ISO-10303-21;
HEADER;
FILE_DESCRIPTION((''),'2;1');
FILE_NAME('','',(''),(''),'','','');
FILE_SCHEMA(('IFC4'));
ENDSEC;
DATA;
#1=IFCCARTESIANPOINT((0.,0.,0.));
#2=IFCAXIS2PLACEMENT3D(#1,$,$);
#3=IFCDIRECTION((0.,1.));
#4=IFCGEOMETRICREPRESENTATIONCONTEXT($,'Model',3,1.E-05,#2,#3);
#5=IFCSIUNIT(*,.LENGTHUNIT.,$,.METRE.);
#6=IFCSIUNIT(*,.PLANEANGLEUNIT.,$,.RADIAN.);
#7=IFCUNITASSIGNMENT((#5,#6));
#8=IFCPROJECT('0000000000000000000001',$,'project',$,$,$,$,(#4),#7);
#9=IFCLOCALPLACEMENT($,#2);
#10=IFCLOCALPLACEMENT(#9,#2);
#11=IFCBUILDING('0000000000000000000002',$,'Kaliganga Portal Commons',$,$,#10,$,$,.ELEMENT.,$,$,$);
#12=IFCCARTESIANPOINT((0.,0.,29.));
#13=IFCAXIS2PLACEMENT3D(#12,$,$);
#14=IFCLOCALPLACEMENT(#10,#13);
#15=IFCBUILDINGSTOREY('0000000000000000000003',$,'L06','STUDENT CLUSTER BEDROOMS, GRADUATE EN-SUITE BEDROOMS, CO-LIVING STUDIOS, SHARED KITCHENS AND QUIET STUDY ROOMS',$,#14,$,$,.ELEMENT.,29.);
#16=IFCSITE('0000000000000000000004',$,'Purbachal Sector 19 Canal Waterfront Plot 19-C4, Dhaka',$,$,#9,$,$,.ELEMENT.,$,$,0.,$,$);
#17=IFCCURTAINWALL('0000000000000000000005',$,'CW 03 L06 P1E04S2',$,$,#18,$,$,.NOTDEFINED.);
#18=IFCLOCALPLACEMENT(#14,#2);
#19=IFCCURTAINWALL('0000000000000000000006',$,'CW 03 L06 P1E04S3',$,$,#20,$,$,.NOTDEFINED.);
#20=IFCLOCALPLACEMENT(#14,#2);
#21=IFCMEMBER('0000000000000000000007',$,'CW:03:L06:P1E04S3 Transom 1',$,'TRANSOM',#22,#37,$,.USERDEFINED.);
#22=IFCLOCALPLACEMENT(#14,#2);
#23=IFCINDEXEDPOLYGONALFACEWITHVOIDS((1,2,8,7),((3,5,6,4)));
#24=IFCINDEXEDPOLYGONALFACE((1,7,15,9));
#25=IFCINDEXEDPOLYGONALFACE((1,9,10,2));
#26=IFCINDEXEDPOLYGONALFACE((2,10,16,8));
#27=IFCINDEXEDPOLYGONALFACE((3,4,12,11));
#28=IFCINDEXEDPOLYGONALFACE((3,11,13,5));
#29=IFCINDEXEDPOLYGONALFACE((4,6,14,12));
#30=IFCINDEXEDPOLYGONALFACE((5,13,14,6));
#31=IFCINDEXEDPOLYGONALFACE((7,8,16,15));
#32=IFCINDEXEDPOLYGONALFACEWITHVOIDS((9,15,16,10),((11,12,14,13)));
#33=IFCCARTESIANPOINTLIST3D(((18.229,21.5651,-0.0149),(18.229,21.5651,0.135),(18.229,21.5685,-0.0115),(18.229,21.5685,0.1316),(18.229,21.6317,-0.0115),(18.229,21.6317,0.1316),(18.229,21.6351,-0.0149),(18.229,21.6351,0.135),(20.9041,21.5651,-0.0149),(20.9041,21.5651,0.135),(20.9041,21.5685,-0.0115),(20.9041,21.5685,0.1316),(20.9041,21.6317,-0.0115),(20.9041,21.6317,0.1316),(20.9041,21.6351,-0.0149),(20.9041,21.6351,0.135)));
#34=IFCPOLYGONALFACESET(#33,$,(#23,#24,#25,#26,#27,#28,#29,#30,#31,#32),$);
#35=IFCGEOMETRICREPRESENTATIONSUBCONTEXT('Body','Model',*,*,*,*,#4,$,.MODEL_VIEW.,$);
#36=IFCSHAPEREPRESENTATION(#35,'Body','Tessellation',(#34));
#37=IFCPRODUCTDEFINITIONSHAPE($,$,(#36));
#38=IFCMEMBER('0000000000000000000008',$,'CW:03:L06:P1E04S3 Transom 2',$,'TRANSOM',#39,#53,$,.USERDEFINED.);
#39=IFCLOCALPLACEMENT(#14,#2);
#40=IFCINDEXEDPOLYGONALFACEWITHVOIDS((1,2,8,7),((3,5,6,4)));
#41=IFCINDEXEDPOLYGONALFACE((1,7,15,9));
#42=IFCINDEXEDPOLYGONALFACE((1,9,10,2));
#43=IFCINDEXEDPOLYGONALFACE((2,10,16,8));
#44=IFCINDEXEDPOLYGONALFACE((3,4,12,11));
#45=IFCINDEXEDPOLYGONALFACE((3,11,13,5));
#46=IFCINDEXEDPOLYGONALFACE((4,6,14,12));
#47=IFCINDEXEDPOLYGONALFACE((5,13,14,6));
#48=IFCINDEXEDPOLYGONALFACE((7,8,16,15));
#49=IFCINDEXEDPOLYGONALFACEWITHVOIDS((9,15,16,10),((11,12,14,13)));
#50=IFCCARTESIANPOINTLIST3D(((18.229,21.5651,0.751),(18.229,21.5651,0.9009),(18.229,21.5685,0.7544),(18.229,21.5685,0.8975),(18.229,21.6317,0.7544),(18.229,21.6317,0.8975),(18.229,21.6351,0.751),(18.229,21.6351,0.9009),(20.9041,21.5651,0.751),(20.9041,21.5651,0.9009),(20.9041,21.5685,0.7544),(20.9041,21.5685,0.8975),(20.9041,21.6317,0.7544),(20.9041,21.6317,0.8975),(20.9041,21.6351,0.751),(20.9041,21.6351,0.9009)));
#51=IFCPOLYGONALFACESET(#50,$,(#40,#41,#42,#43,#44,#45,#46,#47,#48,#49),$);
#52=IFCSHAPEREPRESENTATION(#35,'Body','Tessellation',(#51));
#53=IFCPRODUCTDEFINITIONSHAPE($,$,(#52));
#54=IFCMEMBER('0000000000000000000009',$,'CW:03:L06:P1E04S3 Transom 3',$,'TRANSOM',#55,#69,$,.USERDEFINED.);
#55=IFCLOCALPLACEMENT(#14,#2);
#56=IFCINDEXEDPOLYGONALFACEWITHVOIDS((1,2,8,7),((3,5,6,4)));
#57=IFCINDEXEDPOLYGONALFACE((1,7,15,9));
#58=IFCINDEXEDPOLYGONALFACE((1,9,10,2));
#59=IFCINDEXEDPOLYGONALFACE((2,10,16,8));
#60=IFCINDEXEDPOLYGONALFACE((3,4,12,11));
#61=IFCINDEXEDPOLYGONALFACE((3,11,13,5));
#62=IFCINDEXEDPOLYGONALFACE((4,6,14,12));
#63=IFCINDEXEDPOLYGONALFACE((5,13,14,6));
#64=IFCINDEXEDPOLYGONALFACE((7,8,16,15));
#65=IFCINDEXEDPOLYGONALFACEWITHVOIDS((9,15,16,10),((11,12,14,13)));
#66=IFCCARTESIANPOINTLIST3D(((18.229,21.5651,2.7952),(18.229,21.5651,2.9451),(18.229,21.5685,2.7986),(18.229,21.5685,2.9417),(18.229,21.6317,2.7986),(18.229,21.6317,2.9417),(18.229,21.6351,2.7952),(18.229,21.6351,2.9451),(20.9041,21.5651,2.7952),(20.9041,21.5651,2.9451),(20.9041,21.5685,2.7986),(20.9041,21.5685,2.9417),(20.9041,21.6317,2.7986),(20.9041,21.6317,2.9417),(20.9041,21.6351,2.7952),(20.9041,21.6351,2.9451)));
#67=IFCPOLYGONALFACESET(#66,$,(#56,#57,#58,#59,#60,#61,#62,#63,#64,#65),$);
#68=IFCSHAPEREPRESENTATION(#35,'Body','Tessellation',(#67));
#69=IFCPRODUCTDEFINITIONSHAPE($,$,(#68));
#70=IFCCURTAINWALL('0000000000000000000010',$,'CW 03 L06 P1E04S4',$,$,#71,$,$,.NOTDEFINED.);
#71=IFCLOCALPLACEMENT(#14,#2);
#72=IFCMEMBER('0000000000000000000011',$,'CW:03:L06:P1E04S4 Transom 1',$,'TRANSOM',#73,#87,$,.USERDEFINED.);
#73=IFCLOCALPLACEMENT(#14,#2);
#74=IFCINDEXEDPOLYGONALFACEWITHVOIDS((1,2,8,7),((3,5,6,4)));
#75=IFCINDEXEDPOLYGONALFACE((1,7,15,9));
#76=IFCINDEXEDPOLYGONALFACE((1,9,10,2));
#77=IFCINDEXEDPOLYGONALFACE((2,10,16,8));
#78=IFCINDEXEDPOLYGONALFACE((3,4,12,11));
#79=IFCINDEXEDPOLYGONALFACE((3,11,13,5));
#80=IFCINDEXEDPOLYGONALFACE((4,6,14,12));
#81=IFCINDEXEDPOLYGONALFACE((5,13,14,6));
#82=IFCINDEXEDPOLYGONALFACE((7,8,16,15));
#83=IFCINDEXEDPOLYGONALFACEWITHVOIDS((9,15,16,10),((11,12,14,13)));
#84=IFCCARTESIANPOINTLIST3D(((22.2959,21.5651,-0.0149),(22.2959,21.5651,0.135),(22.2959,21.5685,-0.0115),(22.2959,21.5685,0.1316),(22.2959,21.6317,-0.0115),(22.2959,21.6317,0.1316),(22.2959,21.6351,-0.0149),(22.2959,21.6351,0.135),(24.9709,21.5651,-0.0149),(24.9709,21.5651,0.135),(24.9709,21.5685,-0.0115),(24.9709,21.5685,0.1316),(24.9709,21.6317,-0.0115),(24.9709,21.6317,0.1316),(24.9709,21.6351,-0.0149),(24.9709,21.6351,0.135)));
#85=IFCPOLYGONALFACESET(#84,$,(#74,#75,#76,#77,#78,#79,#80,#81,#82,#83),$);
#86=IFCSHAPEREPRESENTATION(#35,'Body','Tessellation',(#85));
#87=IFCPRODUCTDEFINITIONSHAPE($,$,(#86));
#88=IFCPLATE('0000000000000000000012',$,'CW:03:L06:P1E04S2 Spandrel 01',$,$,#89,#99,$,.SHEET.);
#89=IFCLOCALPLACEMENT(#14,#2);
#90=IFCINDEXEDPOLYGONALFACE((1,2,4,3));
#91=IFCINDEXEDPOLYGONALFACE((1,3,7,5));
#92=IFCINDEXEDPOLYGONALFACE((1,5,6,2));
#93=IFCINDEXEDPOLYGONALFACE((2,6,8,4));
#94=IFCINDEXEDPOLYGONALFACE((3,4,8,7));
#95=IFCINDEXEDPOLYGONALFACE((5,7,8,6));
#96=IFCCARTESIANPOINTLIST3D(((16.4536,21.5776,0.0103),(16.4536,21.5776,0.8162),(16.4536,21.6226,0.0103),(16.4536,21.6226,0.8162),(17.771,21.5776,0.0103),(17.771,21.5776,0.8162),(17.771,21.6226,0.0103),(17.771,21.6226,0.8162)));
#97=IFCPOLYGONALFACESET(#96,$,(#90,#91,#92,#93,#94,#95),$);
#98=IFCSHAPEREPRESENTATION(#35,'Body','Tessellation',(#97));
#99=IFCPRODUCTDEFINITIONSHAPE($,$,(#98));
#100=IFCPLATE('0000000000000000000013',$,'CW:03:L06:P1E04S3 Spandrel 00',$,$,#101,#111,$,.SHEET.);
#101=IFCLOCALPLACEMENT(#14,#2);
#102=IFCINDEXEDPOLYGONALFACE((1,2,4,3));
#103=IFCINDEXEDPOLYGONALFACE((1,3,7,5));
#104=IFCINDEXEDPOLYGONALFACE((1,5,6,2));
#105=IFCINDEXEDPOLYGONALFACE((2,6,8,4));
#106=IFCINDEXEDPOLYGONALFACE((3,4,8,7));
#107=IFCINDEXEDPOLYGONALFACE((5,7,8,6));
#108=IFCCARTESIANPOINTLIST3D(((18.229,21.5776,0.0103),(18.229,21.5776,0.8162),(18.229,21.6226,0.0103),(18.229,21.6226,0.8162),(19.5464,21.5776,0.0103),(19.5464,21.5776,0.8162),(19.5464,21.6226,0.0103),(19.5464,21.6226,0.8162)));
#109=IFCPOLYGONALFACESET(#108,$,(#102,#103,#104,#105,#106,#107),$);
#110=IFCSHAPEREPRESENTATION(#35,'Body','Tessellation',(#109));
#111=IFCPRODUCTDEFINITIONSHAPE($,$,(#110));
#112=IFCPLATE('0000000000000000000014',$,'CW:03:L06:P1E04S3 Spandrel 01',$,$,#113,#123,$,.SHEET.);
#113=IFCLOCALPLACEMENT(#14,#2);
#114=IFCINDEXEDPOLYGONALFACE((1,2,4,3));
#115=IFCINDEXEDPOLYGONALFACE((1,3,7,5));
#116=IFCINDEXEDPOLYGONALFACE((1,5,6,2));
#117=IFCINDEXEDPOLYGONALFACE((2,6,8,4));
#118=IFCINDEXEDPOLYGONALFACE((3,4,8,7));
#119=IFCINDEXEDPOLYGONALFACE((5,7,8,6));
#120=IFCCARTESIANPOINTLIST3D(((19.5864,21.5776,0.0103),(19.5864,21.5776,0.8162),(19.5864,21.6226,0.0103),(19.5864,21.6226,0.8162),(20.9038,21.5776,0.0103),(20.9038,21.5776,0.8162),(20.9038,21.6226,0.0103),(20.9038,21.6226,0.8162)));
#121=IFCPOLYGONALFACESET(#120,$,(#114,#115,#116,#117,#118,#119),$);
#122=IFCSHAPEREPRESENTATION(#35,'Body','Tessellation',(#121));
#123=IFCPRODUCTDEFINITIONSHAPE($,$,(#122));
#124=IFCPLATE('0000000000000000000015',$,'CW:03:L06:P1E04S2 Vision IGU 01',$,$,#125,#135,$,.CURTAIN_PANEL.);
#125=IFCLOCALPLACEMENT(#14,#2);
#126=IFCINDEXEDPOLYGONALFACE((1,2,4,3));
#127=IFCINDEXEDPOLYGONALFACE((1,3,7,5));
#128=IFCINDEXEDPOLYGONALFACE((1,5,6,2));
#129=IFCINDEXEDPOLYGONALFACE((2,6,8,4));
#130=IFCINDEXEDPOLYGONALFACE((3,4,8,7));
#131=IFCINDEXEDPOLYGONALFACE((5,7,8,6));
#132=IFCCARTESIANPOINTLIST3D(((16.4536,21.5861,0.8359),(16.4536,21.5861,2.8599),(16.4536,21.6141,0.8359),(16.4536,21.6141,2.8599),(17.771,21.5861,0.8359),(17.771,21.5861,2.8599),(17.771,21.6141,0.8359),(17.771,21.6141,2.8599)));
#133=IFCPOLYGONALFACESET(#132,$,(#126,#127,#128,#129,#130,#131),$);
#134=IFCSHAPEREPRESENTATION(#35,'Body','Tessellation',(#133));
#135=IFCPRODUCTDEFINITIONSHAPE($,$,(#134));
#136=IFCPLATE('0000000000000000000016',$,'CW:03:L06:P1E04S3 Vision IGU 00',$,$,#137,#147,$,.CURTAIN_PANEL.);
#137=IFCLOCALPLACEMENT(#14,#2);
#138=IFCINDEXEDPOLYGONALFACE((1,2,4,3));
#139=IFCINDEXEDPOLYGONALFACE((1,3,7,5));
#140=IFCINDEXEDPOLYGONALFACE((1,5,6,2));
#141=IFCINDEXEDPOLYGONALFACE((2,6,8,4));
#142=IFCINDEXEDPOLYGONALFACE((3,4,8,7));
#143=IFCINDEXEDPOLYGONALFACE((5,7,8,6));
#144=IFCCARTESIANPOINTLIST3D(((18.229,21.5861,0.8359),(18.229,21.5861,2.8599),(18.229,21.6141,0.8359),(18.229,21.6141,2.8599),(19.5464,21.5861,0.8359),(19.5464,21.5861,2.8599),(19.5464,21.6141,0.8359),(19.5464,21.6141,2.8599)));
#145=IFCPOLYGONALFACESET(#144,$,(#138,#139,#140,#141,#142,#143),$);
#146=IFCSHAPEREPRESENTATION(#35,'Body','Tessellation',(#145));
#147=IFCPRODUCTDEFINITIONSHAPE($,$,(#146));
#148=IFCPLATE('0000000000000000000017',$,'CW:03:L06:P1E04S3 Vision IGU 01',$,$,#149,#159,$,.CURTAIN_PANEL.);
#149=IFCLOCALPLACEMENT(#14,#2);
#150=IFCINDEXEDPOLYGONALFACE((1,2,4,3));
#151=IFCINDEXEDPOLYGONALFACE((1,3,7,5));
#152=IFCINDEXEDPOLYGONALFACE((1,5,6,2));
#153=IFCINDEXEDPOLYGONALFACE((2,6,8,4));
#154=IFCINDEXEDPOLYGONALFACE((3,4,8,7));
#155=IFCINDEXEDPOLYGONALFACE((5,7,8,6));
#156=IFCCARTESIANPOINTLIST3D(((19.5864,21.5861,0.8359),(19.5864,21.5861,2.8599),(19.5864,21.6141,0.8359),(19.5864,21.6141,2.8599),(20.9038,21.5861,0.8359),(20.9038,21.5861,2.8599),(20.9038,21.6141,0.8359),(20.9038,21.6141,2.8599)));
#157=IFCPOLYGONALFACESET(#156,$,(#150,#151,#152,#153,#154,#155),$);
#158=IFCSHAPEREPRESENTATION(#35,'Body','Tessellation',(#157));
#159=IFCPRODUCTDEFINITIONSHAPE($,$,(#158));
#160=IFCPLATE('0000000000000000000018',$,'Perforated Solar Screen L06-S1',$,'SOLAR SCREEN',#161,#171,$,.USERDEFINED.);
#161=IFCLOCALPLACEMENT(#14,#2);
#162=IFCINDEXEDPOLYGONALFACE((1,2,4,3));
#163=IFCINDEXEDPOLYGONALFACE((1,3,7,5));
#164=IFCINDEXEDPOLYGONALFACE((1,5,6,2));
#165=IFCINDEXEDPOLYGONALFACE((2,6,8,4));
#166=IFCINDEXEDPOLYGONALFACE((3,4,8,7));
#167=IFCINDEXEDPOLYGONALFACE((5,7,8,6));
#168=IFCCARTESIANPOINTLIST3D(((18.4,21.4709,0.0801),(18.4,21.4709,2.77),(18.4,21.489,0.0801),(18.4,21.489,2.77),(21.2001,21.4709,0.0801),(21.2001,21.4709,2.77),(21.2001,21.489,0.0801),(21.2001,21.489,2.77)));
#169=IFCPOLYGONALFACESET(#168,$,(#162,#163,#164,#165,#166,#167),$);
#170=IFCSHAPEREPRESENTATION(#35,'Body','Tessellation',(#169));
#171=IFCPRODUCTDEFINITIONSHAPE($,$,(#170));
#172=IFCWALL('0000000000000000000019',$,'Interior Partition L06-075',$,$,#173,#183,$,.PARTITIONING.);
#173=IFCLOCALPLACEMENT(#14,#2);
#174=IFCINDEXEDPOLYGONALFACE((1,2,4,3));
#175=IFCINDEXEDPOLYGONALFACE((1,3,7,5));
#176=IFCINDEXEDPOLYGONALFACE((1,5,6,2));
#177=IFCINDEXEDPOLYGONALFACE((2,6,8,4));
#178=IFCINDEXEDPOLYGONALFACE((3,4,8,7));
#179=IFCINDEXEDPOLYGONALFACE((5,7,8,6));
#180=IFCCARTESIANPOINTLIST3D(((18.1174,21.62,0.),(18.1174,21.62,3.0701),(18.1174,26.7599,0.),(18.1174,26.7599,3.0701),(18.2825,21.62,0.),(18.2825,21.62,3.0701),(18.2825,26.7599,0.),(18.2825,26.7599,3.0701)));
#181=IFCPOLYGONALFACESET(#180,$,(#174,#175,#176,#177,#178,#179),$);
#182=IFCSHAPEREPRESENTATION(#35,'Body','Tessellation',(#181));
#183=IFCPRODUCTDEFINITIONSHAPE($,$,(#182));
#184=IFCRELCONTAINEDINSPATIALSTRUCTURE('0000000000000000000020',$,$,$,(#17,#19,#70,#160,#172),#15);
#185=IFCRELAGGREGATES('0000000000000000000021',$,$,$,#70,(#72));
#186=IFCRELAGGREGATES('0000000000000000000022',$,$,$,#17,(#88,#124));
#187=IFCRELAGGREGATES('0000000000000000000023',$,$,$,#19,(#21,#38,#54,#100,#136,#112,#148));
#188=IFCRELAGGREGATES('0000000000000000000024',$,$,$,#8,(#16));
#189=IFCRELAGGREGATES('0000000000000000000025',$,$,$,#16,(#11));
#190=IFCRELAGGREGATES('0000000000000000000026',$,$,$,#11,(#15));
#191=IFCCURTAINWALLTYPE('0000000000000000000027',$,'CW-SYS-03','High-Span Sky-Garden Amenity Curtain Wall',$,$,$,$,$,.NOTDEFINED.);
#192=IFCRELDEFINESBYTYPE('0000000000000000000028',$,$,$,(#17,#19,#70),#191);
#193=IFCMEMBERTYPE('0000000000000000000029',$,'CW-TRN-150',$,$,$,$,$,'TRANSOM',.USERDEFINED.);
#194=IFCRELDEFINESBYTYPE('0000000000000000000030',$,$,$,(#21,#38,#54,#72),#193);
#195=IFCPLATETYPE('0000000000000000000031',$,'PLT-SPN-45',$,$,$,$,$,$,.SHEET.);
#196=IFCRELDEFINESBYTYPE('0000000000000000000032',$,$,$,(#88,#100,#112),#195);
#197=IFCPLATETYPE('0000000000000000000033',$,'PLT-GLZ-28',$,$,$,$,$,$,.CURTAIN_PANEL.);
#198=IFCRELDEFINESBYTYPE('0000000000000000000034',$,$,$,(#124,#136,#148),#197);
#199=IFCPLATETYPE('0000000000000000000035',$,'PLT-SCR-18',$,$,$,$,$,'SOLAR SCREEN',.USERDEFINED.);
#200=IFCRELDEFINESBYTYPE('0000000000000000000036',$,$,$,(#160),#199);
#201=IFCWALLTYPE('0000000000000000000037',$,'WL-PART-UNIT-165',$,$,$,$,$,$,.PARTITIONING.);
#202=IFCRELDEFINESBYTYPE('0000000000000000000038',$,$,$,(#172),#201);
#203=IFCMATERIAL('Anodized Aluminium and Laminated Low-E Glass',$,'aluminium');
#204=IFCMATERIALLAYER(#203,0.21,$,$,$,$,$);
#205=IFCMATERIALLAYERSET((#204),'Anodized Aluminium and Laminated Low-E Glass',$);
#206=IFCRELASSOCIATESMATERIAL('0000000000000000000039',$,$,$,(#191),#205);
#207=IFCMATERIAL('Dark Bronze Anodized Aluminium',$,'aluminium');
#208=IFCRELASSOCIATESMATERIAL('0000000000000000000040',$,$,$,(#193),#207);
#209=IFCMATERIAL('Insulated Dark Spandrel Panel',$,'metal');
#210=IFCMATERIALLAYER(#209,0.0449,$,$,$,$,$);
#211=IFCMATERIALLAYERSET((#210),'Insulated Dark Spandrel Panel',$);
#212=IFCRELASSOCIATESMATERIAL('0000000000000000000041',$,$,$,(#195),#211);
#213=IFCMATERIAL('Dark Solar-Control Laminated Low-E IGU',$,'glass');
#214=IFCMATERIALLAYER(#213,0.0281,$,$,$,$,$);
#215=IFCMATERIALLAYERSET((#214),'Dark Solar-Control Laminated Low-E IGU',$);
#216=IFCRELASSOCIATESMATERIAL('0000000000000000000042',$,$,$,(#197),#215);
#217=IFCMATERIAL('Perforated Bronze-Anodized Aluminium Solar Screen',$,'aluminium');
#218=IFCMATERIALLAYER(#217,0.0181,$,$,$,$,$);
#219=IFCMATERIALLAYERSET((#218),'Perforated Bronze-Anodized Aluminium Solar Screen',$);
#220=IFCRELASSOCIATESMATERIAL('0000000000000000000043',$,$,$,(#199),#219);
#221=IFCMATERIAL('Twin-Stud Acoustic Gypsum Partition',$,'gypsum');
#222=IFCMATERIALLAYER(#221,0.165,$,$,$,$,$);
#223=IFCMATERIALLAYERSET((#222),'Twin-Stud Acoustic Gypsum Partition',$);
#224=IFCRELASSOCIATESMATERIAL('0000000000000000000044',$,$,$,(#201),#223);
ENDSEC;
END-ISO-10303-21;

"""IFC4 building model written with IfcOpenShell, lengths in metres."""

from ifc_helpers import new_model, si_unit, direction, frame, frame_2d, origin, origin_2d, place, context, subcontext, project, spatial, rectangle, hollow_rectangle, extrude, source, transform, mapped, material, layer, layer_set, material_profile, profile_set, type_object, element, aggregate, save


model = new_model("IFC4")

# Units and contexts
model_context = context("Model", 3, precision=1e-05, world=origin(), true_north=direction((0.0, 1.0)))
body_context = subcontext(model_context, "Body", "Model", "MODEL_VIEW")
ifc_project = project(units=[si_unit("LENGTHUNIT", "METRE"), si_unit("PLANEANGLEUNIT", "RADIAN")], contexts=[model_context])

# Site, building, storey
site_placement = place(None, origin())
site = spatial("IfcSite", under=ifc_project, at=site_placement, Name="Purbachal Sector 19 Canal Waterfront Plot 19-C4, Dhaka", CompositionType="ELEMENT", RefElevation=0.0)
building_placement = place(site_placement, origin())
building = spatial("IfcBuilding", under=site, at=building_placement, Name="Kaliganga Portal Commons", CompositionType="ELEMENT")
storey_placement = place(building_placement, frame((0.0, 0.0, 29.0)))
storey = spatial("IfcBuildingStorey", under=building, at=storey_placement, Name="L06", Description="STUDENT CLUSTER BEDROOMS, GRADUATE EN-SUITE BEDROOMS, CO-LIVING STUDIOS, SHARED KITCHENS AND QUIET STUDY ROOMS", CompositionType="ELEMENT", Elevation=29.0)

# Curtain wall
ifc_material_1 = material(Name="Anodized Aluminium and Laminated Low-E Glass", Category="aluminium")
ifc_layer_1 = layer(ifc_material_1, 0.21)
ifc_layer_set_1 = layer_set([ifc_layer_1], Name="Anodized Aluminium and Laminated Low-E Glass")
curtain_wall_type = type_object("IfcCurtainWallType", Name="CW-SYS-03", Description="High-Span Sky-Garden Amenity Curtain Wall", PredefinedType="NOTDEFINED", material=ifc_layer_set_1)
curtain_wall_1_placement = place(storey_placement, origin())
curtain_wall_1 = element("IfcCurtainWall", 1, at=curtain_wall_1_placement, inside=storey, type_object=curtain_wall_type, Name="CW 03 L06 P1E04S2", PredefinedType="NOTDEFINED")
ifc_material_2 = material(Name="Dark Bronze Anodized Aluminium", Category="aluminium")

# Curtain wall, members
curtain_wall_2_placement = place(storey_placement, origin())
curtain_wall_2 = element("IfcCurtainWall", 2, at=curtain_wall_2_placement, inside=storey, type_object=curtain_wall_type, Name="CW 03 L06 P1E04S3", PredefinedType="NOTDEFINED")
ifc_material_profile_1 = material_profile(ifc_material_2, hollow_rectangle(XDim=0.0701, YDim=0.1499, WallThickness=0.0034, at=origin_2d()), Name="ALU TRAN 70x150x3.5")
ifc_profile_set_1 = profile_set([ifc_material_profile_1], Name="Dark Bronze Anodized Aluminium")
member_type_1 = type_object("IfcMemberType", Name="CW-TRN-150", ElementType="TRANSOM", PredefinedType="USERDEFINED", material=ifc_profile_set_1)
shared_shape_1 = source(origin(), body_context, "Body", "SweptSolid", [
    extrude(hollow_rectangle(XDim=0.0701, YDim=0.1499, WallThickness=0.0034, at=origin_2d()), origin(), (0.0, 0.0, 1.0), 2.675),
])
member_1_placement = place(storey_placement, frame((18.229, 21.6001, 0.0601), z_axis=(1.0, 0.0, 0.0), x_axis=(0.0, 1.0, 0.0)))
member_1 = element("IfcMember", 3, at=member_1_placement, type_object=member_type_1, Name="CW:03:L06:P1E04S3 Transom 1", ObjectType="TRANSOM", PredefinedType="USERDEFINED", context=body_context, shape_type="MappedRepresentation", body=[
    mapped(shared_shape_1, transform((0.0, 0.0, 0.0), x_axis=(1.0, 0.0, 0.0), y_axis=(0.0, 1.0, 0.0), z_axis=(0.0, 0.0, 1.0), scale=1.0)),
])
member_2_placement = place(storey_placement, frame((18.229, 21.6001, 0.8259), z_axis=(1.0, 0.0, 0.0), x_axis=(0.0, 1.0, 0.0)))
member_2 = element("IfcMember", 4, at=member_2_placement, type_object=member_type_1, Name="CW:03:L06:P1E04S3 Transom 2", ObjectType="TRANSOM", PredefinedType="USERDEFINED", context=body_context, shape_type="MappedRepresentation", body=[
    mapped(shared_shape_1, transform((0.0, 0.0, 0.0), x_axis=(1.0, 0.0, 0.0), y_axis=(0.0, 1.0, 0.0), z_axis=(0.0, 0.0, 1.0), scale=1.0)),
])
member_3_placement = place(storey_placement, frame((18.229, 21.6001, 2.8701), z_axis=(1.0, 0.0, 0.0), x_axis=(0.0, 1.0, 0.0)))
member_3 = element("IfcMember", 5, at=member_3_placement, type_object=member_type_1, Name="CW:03:L06:P1E04S3 Transom 3", ObjectType="TRANSOM", PredefinedType="USERDEFINED", context=body_context, shape_type="MappedRepresentation", body=[
    mapped(shared_shape_1, transform((0.0, 0.0, 0.0), x_axis=(1.0, 0.0, 0.0), y_axis=(0.0, 1.0, 0.0), z_axis=(0.0, 0.0, 1.0), scale=1.0)),
])

# Curtain wall, member
curtain_wall_3_placement = place(storey_placement, origin())
curtain_wall_3 = element("IfcCurtainWall", 6, at=curtain_wall_3_placement, inside=storey, type_object=curtain_wall_type, Name="CW 03 L06 P1E04S4", PredefinedType="NOTDEFINED")
member_4_placement = place(storey_placement, frame((22.2959, 21.6001, 0.0601), z_axis=(1.0, 0.0, 0.0), x_axis=(0.0, 1.0, 0.0)))
member_4 = element("IfcMember", 7, at=member_4_placement, type_object=member_type_1, Name="CW:03:L06:P1E04S4 Transom 1", ObjectType="TRANSOM", PredefinedType="USERDEFINED", context=body_context, shape_type="MappedRepresentation", body=[
    mapped(shared_shape_1, transform((0.0, 0.0, 0.0), x_axis=(1.0, 0.0, 0.0), y_axis=(0.0, 1.0, 0.0), z_axis=(0.0, 0.0, 1.0), scale=1.0)),
])
aggregate(curtain_wall_3, [member_4])

# Plates
ifc_material_3 = material(Name="Insulated Dark Spandrel Panel", Category="metal")
ifc_layer_2 = layer(ifc_material_3, 0.0449)
ifc_layer_set_2 = layer_set([ifc_layer_2], Name="Insulated Dark Spandrel Panel")
plate_type_1 = type_object("IfcPlateType", Name="PLT-SPN-45", PredefinedType="SHEET", material=ifc_layer_set_2)
shared_shape_2 = source(origin(), body_context, "Body", "SweptSolid", [
    extrude(rectangle(XDim=1.3174, YDim=0.0449, at=origin_2d()), origin(), (0.0, 0.0, 1.0), 0.8059),
])
plate_1_placement = place(storey_placement, frame((17.1123, 21.6001, 0.0103), z_axis=(0.0, 0.0, 1.0), x_axis=(1.0, 0.0, 0.0)))
plate_1 = element("IfcPlate", 8, at=plate_1_placement, type_object=plate_type_1, Name="CW:03:L06:P1E04S2 Spandrel 01", PredefinedType="SHEET", context=body_context, shape_type="MappedRepresentation", body=[
    mapped(shared_shape_2, transform((0.0, 0.0, 0.0), x_axis=(1.0, 0.0, 0.0), y_axis=(0.0, 1.0, 0.0), z_axis=(0.0, 0.0, 1.0), scale=1.0)),
])
plate_2_placement = place(storey_placement, frame((18.8877, 21.6001, 0.0103), z_axis=(0.0, 0.0, 1.0), x_axis=(1.0, 0.0, 0.0)))
plate_2 = element("IfcPlate", 9, at=plate_2_placement, type_object=plate_type_1, Name="CW:03:L06:P1E04S3 Spandrel 00", PredefinedType="SHEET", context=body_context, shape_type="MappedRepresentation", body=[
    mapped(shared_shape_2, transform((0.0, 0.0, 0.0), x_axis=(1.0, 0.0, 0.0), y_axis=(0.0, 1.0, 0.0), z_axis=(0.0, 0.0, 1.0), scale=1.0)),
])
plate_3_placement = place(storey_placement, frame((20.2451, 21.6001, 0.0103), z_axis=(0.0, 0.0, 1.0), x_axis=(1.0, 0.0, 0.0)))
plate_3 = element("IfcPlate", 10, at=plate_3_placement, type_object=plate_type_1, Name="CW:03:L06:P1E04S3 Spandrel 01", PredefinedType="SHEET", context=body_context, shape_type="MappedRepresentation", body=[
    mapped(shared_shape_2, transform((0.0, 0.0, 0.0), x_axis=(1.0, 0.0, 0.0), y_axis=(0.0, 1.0, 0.0), z_axis=(0.0, 0.0, 1.0), scale=1.0)),
])
ifc_material_4 = material(Name="Dark Solar-Control Laminated Low-E IGU", Category="glass")
ifc_layer_3 = layer(ifc_material_4, 0.0281)
ifc_layer_set_3 = layer_set([ifc_layer_3], Name="Dark Solar-Control Laminated Low-E IGU")
plate_type_2 = type_object("IfcPlateType", Name="PLT-GLZ-28", PredefinedType="CURTAIN_PANEL", material=ifc_layer_set_3)
shared_shape_3 = source(origin(), body_context, "Body", "SweptSolid", [
    extrude(rectangle(XDim=1.3174, YDim=0.0281, at=origin_2d()), origin(), (0.0, 0.0, 1.0), 2.0239),
])
plate_4_placement = place(storey_placement, frame((17.1123, 21.6001, 0.8359), z_axis=(0.0, 0.0, 1.0), x_axis=(1.0, 0.0, 0.0)))
plate_4 = element("IfcPlate", 11, at=plate_4_placement, type_object=plate_type_2, Name="CW:03:L06:P1E04S2 Vision IGU 01", PredefinedType="CURTAIN_PANEL", context=body_context, shape_type="MappedRepresentation", body=[
    mapped(shared_shape_3, transform((0.0, 0.0, 0.0), x_axis=(1.0, 0.0, 0.0), y_axis=(0.0, 1.0, 0.0), z_axis=(0.0, 0.0, 1.0), scale=1.0)),
])
aggregate(curtain_wall_1, [plate_1, plate_4])
plate_5_placement = place(storey_placement, frame((18.8877, 21.6001, 0.8359), z_axis=(0.0, 0.0, 1.0), x_axis=(1.0, 0.0, 0.0)))
plate_5 = element("IfcPlate", 12, at=plate_5_placement, type_object=plate_type_2, Name="CW:03:L06:P1E04S3 Vision IGU 00", PredefinedType="CURTAIN_PANEL", context=body_context, shape_type="MappedRepresentation", body=[
    mapped(shared_shape_3, transform((0.0, 0.0, 0.0), x_axis=(1.0, 0.0, 0.0), y_axis=(0.0, 1.0, 0.0), z_axis=(0.0, 0.0, 1.0), scale=1.0)),
])
plate_6_placement = place(storey_placement, frame((20.2451, 21.6001, 0.8359), z_axis=(0.0, 0.0, 1.0), x_axis=(1.0, 0.0, 0.0)))
plate_6 = element("IfcPlate", 13, at=plate_6_placement, type_object=plate_type_2, Name="CW:03:L06:P1E04S3 Vision IGU 01", PredefinedType="CURTAIN_PANEL", context=body_context, shape_type="MappedRepresentation", body=[
    mapped(shared_shape_3, transform((0.0, 0.0, 0.0), x_axis=(1.0, 0.0, 0.0), y_axis=(0.0, 1.0, 0.0), z_axis=(0.0, 0.0, 1.0), scale=1.0)),
])
aggregate(curtain_wall_2, [member_1, member_2, member_3, plate_2, plate_5, plate_3, plate_6])
ifc_material_5 = material(Name="Perforated Bronze-Anodized Aluminium Solar Screen", Category="aluminium")
ifc_layer_4 = layer(ifc_material_5, 0.0181)
ifc_layer_set_4 = layer_set([ifc_layer_4], Name="Perforated Bronze-Anodized Aluminium Solar Screen")
plate_type_3 = type_object("IfcPlateType", Name="PLT-SCR-18", ElementType="SOLAR SCREEN", PredefinedType="USERDEFINED", material=ifc_layer_set_4)
shared_shape_4 = source(origin(), body_context, "Body", "SweptSolid", [
    extrude(rectangle(XDim=2.8, YDim=0.0181, at=origin_2d()), origin(), (0.0, 0.0, 1.0), 2.6899),
])
plate_7_placement = place(storey_placement, frame((19.8, 21.48, 0.0801), z_axis=(0.0, 0.0, 1.0), x_axis=(1.0, 0.0, 0.0)))
element("IfcPlate", 14, at=plate_7_placement, inside=storey, type_object=plate_type_3, Name="Perforated Solar Screen L06-S1", ObjectType="SOLAR SCREEN", PredefinedType="USERDEFINED", context=body_context, shape_type="MappedRepresentation", body=[
    mapped(shared_shape_4, transform((0.0, 0.0, 0.0), x_axis=(1.0, 0.0, 0.0), y_axis=(0.0, 1.0, 0.0), z_axis=(0.0, 0.0, 1.0), scale=1.0)),
])

# Wall
ifc_material_6 = material(Name="Twin-Stud Acoustic Gypsum Partition", Category="gypsum")
ifc_layer_5 = layer(ifc_material_6, 0.165)
ifc_layer_set_5 = layer_set([ifc_layer_5], Name="Twin-Stud Acoustic Gypsum Partition")
wall_type = type_object("IfcWallType", Name="WL-PART-UNIT-165", PredefinedType="PARTITIONING", material=ifc_layer_set_5)
wall_placement = place(storey_placement, frame((18.2, 21.6201, 0.0), z_axis=(0.0, 0.0, 1.0), x_axis=(0.0, 1.0, 0.0)))
element("IfcWall", 15, at=wall_placement, inside=storey, type_object=wall_type, Name="Interior Partition L06-075", PredefinedType="PARTITIONING", context=body_context, shape_type="SweptSolid", body=[
    extrude(rectangle(XDim=5.1399, YDim=0.165, at=frame_2d((2.5698, 0.0))), origin(), (0.0, 0.0, 1.0), 3.0701),
])

save(model, "model.ifc")
